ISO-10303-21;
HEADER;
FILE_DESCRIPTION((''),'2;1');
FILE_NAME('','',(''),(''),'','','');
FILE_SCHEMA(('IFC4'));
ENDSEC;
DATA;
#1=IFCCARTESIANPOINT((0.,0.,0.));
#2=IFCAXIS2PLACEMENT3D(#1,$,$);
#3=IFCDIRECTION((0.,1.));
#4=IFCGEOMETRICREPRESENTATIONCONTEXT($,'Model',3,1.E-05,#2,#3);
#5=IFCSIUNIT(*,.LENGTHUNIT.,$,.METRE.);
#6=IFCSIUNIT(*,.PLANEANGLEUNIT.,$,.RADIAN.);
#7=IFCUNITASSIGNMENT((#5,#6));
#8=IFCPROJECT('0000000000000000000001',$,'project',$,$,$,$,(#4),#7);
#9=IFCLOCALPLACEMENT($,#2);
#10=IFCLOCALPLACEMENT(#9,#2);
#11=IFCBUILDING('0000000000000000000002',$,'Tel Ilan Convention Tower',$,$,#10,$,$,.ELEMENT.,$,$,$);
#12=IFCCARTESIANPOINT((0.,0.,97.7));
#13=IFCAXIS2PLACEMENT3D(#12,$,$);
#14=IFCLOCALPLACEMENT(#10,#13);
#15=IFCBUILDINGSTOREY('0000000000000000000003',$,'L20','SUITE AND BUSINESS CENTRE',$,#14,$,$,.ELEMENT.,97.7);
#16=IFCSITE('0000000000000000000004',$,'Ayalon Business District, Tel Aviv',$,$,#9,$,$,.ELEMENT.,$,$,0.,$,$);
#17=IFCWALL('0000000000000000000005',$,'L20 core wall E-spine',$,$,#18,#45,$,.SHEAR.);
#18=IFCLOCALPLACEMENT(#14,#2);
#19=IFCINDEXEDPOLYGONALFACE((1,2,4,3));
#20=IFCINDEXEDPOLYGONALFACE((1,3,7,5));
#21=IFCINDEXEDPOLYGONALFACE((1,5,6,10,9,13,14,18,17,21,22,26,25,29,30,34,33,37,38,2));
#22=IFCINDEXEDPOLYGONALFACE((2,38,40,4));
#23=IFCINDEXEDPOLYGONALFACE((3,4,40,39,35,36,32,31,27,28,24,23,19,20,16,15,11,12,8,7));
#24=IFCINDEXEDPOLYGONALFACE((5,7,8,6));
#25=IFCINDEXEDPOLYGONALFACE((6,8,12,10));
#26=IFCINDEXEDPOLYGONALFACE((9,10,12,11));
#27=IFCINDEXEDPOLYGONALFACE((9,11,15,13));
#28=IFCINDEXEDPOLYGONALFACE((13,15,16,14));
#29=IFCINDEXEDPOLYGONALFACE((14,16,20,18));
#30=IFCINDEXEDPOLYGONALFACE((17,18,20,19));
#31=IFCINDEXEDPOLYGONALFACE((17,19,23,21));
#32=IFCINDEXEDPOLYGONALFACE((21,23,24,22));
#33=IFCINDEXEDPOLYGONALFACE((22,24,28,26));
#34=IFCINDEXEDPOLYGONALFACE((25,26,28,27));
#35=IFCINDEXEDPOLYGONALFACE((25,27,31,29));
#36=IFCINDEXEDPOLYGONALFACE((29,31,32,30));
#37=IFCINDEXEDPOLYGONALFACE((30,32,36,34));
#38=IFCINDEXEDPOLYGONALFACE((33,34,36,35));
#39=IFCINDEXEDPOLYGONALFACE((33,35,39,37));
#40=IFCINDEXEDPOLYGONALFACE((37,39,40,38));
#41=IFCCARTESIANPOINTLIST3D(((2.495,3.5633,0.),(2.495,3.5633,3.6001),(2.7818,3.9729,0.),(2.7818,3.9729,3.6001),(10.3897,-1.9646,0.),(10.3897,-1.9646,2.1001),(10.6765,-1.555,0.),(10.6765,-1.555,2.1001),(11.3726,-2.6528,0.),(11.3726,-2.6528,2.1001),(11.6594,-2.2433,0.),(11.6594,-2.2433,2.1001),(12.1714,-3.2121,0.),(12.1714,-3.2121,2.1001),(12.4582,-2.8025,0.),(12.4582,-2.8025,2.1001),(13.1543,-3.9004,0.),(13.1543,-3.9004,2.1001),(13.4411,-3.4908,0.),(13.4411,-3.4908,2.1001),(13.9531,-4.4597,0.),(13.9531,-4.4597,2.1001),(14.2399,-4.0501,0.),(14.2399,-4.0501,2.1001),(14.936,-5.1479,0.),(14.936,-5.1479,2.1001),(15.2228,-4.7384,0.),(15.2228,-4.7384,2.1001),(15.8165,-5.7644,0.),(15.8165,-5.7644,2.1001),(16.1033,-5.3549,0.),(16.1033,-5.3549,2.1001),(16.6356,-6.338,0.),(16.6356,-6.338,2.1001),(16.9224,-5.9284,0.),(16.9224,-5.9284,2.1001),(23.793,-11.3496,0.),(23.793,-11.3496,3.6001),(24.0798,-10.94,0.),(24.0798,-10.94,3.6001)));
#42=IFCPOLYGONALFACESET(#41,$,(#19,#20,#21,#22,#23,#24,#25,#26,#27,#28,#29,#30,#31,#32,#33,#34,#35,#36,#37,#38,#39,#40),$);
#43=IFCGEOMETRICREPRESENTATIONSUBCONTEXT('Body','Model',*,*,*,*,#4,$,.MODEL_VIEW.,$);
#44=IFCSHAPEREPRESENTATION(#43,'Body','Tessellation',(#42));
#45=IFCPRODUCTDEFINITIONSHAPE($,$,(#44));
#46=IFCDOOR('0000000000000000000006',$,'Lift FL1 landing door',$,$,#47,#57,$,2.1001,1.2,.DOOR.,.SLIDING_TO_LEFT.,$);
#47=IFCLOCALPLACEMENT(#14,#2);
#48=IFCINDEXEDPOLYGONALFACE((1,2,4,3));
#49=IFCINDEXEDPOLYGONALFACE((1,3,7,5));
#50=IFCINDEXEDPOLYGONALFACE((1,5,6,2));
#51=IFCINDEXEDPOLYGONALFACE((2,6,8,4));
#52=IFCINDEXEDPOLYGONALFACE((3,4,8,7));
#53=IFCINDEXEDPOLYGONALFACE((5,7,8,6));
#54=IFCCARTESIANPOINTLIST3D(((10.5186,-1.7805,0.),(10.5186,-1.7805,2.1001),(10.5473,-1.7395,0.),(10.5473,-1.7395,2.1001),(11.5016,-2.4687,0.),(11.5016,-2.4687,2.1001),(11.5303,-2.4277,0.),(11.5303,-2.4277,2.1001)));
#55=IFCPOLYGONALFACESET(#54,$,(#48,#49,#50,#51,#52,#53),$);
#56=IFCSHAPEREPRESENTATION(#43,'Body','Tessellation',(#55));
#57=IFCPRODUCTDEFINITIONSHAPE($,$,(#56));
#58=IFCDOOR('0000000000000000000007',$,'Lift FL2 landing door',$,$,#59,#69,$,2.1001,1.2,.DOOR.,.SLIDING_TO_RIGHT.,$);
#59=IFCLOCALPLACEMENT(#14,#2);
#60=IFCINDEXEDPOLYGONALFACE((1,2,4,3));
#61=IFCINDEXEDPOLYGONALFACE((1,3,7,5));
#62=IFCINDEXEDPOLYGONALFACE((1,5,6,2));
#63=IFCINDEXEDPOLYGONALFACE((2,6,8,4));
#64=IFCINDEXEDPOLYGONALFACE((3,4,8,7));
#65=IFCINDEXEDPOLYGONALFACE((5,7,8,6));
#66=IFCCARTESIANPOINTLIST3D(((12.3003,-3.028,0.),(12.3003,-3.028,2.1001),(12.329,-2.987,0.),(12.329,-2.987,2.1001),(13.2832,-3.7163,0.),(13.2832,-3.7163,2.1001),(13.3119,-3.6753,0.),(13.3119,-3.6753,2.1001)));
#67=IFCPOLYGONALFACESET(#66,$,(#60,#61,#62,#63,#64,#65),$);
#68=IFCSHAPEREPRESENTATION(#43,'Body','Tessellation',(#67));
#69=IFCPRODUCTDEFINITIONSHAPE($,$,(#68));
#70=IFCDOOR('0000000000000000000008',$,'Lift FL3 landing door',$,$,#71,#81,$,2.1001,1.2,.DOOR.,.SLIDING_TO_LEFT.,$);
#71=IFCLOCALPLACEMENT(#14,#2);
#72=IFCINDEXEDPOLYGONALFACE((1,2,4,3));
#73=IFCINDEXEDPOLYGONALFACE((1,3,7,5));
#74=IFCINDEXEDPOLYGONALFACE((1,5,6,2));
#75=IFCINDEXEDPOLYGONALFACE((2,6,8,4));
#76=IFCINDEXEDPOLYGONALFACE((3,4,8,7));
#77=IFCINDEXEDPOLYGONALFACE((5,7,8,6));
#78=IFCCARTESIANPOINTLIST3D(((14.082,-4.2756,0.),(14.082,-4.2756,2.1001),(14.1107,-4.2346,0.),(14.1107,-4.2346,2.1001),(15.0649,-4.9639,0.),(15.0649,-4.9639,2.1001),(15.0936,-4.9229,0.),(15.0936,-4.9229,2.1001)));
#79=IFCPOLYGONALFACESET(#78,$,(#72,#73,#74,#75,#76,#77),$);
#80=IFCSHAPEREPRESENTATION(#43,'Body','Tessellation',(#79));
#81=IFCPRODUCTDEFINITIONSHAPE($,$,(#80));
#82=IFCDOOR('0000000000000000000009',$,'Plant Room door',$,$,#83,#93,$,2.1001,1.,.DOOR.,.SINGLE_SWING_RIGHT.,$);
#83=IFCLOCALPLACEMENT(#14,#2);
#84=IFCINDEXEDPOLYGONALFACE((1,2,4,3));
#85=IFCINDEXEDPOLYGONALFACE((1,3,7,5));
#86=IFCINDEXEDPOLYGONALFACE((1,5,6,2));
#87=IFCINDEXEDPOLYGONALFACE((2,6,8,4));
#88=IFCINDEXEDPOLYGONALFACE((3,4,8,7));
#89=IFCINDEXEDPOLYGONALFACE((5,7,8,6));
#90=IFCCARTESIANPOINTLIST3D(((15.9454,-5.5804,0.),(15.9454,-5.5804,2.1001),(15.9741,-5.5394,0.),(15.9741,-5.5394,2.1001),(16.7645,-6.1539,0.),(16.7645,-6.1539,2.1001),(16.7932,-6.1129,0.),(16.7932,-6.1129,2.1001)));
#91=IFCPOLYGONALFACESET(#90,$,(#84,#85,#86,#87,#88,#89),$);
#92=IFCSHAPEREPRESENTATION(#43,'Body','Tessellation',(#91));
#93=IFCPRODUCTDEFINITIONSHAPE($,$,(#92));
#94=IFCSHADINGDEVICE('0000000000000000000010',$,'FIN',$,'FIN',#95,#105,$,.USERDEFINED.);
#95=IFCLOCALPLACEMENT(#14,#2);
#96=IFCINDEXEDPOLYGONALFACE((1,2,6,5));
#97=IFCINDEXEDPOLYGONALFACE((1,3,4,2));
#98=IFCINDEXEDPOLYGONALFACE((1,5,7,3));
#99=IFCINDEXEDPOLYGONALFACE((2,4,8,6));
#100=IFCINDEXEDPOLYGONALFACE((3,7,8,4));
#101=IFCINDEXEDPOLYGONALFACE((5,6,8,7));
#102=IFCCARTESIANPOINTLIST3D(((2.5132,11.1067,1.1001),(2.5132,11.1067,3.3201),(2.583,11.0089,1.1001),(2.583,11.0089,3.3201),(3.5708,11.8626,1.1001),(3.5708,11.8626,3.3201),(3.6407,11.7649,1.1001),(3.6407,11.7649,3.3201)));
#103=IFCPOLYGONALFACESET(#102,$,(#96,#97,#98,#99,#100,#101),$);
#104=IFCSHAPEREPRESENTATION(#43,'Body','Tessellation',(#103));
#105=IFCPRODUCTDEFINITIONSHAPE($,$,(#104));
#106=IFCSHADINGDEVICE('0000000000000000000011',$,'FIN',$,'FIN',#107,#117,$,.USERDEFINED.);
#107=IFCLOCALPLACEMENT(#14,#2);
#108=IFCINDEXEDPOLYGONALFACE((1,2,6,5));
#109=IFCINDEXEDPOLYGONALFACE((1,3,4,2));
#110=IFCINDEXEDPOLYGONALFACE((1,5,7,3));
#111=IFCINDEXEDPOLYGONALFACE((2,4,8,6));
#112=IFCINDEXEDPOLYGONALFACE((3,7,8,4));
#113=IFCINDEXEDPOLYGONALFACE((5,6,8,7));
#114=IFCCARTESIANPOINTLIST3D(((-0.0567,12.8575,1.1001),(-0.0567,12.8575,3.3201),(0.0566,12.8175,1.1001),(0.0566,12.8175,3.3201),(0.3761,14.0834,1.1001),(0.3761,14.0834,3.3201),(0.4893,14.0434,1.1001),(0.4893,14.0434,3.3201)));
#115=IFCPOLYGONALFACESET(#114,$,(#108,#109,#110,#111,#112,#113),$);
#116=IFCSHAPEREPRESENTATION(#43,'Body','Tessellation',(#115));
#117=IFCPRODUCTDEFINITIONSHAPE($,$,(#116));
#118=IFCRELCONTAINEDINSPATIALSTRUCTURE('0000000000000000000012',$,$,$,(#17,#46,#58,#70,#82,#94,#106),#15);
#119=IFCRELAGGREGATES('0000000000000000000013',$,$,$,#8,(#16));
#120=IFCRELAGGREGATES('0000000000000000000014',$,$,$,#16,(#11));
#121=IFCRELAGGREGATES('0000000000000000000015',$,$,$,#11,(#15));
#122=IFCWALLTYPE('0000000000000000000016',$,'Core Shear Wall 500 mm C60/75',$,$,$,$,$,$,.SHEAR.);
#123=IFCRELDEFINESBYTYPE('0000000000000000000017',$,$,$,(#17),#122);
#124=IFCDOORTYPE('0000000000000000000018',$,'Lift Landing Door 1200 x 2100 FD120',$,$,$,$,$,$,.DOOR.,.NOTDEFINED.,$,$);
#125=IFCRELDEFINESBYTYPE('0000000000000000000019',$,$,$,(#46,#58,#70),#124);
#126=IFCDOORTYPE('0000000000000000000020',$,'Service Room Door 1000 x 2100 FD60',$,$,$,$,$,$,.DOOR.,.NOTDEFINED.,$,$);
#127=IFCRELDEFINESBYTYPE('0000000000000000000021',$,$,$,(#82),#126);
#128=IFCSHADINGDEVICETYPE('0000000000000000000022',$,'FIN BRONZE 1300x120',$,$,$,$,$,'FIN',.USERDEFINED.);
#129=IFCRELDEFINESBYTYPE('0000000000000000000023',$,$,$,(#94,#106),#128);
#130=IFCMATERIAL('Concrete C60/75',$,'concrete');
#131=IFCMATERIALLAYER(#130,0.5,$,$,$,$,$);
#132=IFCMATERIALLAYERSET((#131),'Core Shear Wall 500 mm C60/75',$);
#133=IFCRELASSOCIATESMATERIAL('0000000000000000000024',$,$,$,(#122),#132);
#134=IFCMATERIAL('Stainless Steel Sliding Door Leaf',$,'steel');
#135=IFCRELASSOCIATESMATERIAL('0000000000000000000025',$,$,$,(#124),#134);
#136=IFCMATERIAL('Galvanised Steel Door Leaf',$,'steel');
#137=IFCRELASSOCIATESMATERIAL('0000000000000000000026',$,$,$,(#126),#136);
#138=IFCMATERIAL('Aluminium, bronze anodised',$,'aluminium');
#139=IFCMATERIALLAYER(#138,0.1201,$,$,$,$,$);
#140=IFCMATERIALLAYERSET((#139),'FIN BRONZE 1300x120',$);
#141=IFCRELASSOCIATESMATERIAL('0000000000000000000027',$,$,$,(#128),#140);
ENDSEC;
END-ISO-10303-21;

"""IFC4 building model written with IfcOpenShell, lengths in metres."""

from ifc_helpers import new_model, si_unit, direction, frame, frame_2d, origin, origin_2d, place, context, subcontext, project, spatial, polyline, rectangle, outline, extrude, material, layer, layer_set, type_object, element, fill, save


model = new_model("IFC4")

# Units and contexts
model_context = context("Model", 3, precision=1e-05, world=origin(), true_north=direction((0.0, 1.0)))
body_context = subcontext(model_context, "Body", "Model", "MODEL_VIEW")
ifc_project = project(units=[si_unit("LENGTHUNIT", "METRE"), si_unit("PLANEANGLEUNIT", "RADIAN")], contexts=[model_context])

# Site, building, storey
site_placement = place(None, origin())
site = spatial("IfcSite", under=ifc_project, at=site_placement, Name="Ayalon Business District, Tel Aviv", CompositionType="ELEMENT", RefElevation=0.0)
building_placement = place(site_placement, origin())
building = spatial("IfcBuilding", under=site, at=building_placement, Name="Tel Ilan Convention Tower", CompositionType="ELEMENT")
storey_placement = place(building_placement, frame((0.0, 0.0, 97.7)))
storey = spatial("IfcBuildingStorey", under=building, at=storey_placement, Name="L20", Description="SUITE AND BUSINESS CENTRE", CompositionType="ELEMENT", Elevation=97.7)

# Wall, openings, doors
ifc_material_1 = material(Name="Concrete C60/75", Category="concrete")
ifc_layer_1 = layer(ifc_material_1, 0.5)
ifc_layer_set_1 = layer_set([ifc_layer_1], Name="Core Shear Wall 500 mm C60/75")
wall_type_1 = type_object("IfcWallType", Name="Core Shear Wall 500 mm C60/75", PredefinedType="SHEAR", material=ifc_layer_set_1)
wall_1_placement = place(storey_placement, frame((2.6384, 3.7681, 0.0), z_axis=(0.0, 0.0, 1.0), x_axis=(0.819149, -0.573581, 0.0)))
wall_1 = element("IfcWall", 1, at=wall_1_placement, inside=storey, type_object=wall_type_1, Name="L20 core wall E-spine", PredefinedType="SHEAR", context=body_context, shape_type="SweptSolid", body=[
    extrude(outline(polyline([(0.0, 0.25), (0.0, -0.25), (26.0, -0.2498), (26.0, 0.2502), (0.0, 0.25)])), origin(), (0.0, 0.0, 1.0), 3.6001),
])
opening_1_placement = place(wall_1_placement, frame((9.6375, 0.0, 0.0)))
opening_1 = element("IfcOpeningElement", 2, at=opening_1_placement, cuts=wall_1, PredefinedType="OPENING", context=body_context, shape_type="SweptSolid", body=[
    extrude(rectangle(XDim=1.2, YDim=2.1001, at=frame_2d((0.6001, 1.05))), frame((0.0, 0.26, 0.0), z_axis=(0.0, -1.0, 0.0), x_axis=(1.0, 0.0, 0.0)), (0.0, 0.0, 1.0), 0.52),
])
opening_2_placement = place(wall_1_placement, frame((11.8125, 0.0, 0.0)))
opening_2 = element("IfcOpeningElement", 3, at=opening_2_placement, cuts=wall_1, PredefinedType="OPENING", context=body_context, shape_type="SweptSolid", body=[
    extrude(rectangle(XDim=1.2, YDim=2.1001, at=frame_2d((0.6001, 1.05))), frame((0.0, 0.26, 0.0), z_axis=(0.0, -1.0, 0.0), x_axis=(1.0, 0.0, 0.0)), (0.0, 0.0, 1.0), 0.52),
])
opening_3_placement = place(wall_1_placement, frame((13.9875, 0.0, 0.0)))
opening_3 = element("IfcOpeningElement", 4, at=opening_3_placement, cuts=wall_1, PredefinedType="OPENING", context=body_context, shape_type="SweptSolid", body=[
    extrude(rectangle(XDim=1.2, YDim=2.1001, at=frame_2d((0.6001, 1.05))), frame((0.0, 0.26, 0.0), z_axis=(0.0, -1.0, 0.0), x_axis=(1.0, 0.0, 0.0)), (0.0, 0.0, 1.0), 0.52),
])
opening_4_placement = place(wall_1_placement, frame((16.2625, 0.0, 0.0)))
opening_4 = element("IfcOpeningElement", 5, at=opening_4_placement, cuts=wall_1, PredefinedType="OPENING", context=body_context, shape_type="SweptSolid", body=[
    extrude(rectangle(XDim=1.0, YDim=2.1001, at=frame_2d((0.5, 1.05))), frame((0.0, 0.26, 0.0), z_axis=(0.0, -1.0, 0.0), x_axis=(1.0, 0.0, 0.0)), (0.0, 0.0, 1.0), 0.52),
])
ifc_material_2 = material(Name="Stainless Steel Sliding Door Leaf", Category="steel")
door_type_1 = type_object("IfcDoorType", Name="Lift Landing Door 1200 x 2100 FD120", OperationType="NOTDEFINED", PredefinedType="DOOR", material=ifc_material_2)
door_1_placement = place(opening_1_placement, origin())
door_1 = element("IfcDoor", 6, at=door_1_placement, inside=storey, type_object=door_type_1, Name="Lift FL1 landing door", OperationType="SLIDING_TO_LEFT", OverallHeight=2.1001, OverallWidth=1.2, PredefinedType="DOOR", context=body_context, shape_type="SweptSolid", body=[
    extrude(rectangle(XDim=1.2, YDim=2.1001, at=frame_2d((0.6001, 1.05))), frame((0.0, 0.0249, 0.0), z_axis=(0.0, -1.0, 0.0), x_axis=(1.0, 0.0, 0.0)), (0.0, 0.0, 1.0), 0.05),
])
fill(opening_1, door_1)
door_2_placement = place(opening_2_placement, origin())
door_2 = element("IfcDoor", 7, at=door_2_placement, inside=storey, type_object=door_type_1, Name="Lift FL2 landing door", OperationType="SLIDING_TO_RIGHT", OverallHeight=2.1001, OverallWidth=1.2, PredefinedType="DOOR", context=body_context, shape_type="SweptSolid", body=[
    extrude(rectangle(XDim=1.2, YDim=2.1001, at=frame_2d((0.6001, 1.05))), frame((0.0, 0.0249, 0.0), z_axis=(0.0, -1.0, 0.0), x_axis=(1.0, 0.0, 0.0)), (0.0, 0.0, 1.0), 0.05),
])
fill(opening_2, door_2)
door_3_placement = place(opening_3_placement, origin())
door_3 = element("IfcDoor", 8, at=door_3_placement, inside=storey, type_object=door_type_1, Name="Lift FL3 landing door", OperationType="SLIDING_TO_LEFT", OverallHeight=2.1001, OverallWidth=1.2, PredefinedType="DOOR", context=body_context, shape_type="SweptSolid", body=[
    extrude(rectangle(XDim=1.2, YDim=2.1001, at=frame_2d((0.6001, 1.05))), frame((0.0, 0.0249, 0.0), z_axis=(0.0, -1.0, 0.0), x_axis=(1.0, 0.0, 0.0)), (0.0, 0.0, 1.0), 0.05),
])
fill(opening_3, door_3)
ifc_material_3 = material(Name="Galvanised Steel Door Leaf", Category="steel")
door_type_2 = type_object("IfcDoorType", Name="Service Room Door 1000 x 2100 FD60", OperationType="NOTDEFINED", PredefinedType="DOOR", material=ifc_material_3)
door_4_placement = place(opening_4_placement, origin())
door_4 = element("IfcDoor", 9, at=door_4_placement, inside=storey, type_object=door_type_2, Name="Plant Room door", OperationType="SINGLE_SWING_RIGHT", OverallHeight=2.1001, OverallWidth=1.0, PredefinedType="DOOR", context=body_context, shape_type="SweptSolid", body=[
    extrude(rectangle(XDim=1.0, YDim=2.1001, at=frame_2d((0.5, 1.05))), frame((0.0, 0.0249, 0.0), z_axis=(0.0, -1.0, 0.0), x_axis=(1.0, 0.0, 0.0)), (0.0, 0.0, 1.0), 0.05),
])
fill(opening_4, door_4)

# Shading devices
ifc_material_4 = material(Name="Aluminium, bronze anodised", Category="aluminium")
ifc_layer_2 = layer(ifc_material_4, 0.1201)
ifc_layer_set_2 = layer_set([ifc_layer_2], Name="FIN BRONZE 1300x120")
shading_device_type_1 = type_object("IfcShadingDeviceType", Name="FIN BRONZE 1300x120", ElementType="FIN", PredefinedType="USERDEFINED", material=ifc_layer_set_2)
for number, where, z_axis, x_axis, name in (
    (10, (3.0769, 11.4358, 1.1001), (0.0, 0.0, 1.0), (0.813552, 0.581492, 0.0), "FIN"),
    (11, (0.2163, 13.4504, 1.1001), (0.0, 0.0, 1.0), (0.332893, 0.942965, 0.0), "FIN"),
):
    element("IfcShadingDevice", number, at=place(storey_placement, frame(where, z_axis=z_axis, x_axis=x_axis)), inside=storey, type_object=shading_device_type_1, Name=name, ObjectType="FIN", PredefinedType="USERDEFINED", context=body_context, shape_type="SweptSolid", body=[
        extrude(rectangle(XDim=1.3, YDim=0.1201, at=origin_2d()), origin(), (0.0, 0.0, 1.0), 2.22),
    ])

save(model, "model.ifc")
